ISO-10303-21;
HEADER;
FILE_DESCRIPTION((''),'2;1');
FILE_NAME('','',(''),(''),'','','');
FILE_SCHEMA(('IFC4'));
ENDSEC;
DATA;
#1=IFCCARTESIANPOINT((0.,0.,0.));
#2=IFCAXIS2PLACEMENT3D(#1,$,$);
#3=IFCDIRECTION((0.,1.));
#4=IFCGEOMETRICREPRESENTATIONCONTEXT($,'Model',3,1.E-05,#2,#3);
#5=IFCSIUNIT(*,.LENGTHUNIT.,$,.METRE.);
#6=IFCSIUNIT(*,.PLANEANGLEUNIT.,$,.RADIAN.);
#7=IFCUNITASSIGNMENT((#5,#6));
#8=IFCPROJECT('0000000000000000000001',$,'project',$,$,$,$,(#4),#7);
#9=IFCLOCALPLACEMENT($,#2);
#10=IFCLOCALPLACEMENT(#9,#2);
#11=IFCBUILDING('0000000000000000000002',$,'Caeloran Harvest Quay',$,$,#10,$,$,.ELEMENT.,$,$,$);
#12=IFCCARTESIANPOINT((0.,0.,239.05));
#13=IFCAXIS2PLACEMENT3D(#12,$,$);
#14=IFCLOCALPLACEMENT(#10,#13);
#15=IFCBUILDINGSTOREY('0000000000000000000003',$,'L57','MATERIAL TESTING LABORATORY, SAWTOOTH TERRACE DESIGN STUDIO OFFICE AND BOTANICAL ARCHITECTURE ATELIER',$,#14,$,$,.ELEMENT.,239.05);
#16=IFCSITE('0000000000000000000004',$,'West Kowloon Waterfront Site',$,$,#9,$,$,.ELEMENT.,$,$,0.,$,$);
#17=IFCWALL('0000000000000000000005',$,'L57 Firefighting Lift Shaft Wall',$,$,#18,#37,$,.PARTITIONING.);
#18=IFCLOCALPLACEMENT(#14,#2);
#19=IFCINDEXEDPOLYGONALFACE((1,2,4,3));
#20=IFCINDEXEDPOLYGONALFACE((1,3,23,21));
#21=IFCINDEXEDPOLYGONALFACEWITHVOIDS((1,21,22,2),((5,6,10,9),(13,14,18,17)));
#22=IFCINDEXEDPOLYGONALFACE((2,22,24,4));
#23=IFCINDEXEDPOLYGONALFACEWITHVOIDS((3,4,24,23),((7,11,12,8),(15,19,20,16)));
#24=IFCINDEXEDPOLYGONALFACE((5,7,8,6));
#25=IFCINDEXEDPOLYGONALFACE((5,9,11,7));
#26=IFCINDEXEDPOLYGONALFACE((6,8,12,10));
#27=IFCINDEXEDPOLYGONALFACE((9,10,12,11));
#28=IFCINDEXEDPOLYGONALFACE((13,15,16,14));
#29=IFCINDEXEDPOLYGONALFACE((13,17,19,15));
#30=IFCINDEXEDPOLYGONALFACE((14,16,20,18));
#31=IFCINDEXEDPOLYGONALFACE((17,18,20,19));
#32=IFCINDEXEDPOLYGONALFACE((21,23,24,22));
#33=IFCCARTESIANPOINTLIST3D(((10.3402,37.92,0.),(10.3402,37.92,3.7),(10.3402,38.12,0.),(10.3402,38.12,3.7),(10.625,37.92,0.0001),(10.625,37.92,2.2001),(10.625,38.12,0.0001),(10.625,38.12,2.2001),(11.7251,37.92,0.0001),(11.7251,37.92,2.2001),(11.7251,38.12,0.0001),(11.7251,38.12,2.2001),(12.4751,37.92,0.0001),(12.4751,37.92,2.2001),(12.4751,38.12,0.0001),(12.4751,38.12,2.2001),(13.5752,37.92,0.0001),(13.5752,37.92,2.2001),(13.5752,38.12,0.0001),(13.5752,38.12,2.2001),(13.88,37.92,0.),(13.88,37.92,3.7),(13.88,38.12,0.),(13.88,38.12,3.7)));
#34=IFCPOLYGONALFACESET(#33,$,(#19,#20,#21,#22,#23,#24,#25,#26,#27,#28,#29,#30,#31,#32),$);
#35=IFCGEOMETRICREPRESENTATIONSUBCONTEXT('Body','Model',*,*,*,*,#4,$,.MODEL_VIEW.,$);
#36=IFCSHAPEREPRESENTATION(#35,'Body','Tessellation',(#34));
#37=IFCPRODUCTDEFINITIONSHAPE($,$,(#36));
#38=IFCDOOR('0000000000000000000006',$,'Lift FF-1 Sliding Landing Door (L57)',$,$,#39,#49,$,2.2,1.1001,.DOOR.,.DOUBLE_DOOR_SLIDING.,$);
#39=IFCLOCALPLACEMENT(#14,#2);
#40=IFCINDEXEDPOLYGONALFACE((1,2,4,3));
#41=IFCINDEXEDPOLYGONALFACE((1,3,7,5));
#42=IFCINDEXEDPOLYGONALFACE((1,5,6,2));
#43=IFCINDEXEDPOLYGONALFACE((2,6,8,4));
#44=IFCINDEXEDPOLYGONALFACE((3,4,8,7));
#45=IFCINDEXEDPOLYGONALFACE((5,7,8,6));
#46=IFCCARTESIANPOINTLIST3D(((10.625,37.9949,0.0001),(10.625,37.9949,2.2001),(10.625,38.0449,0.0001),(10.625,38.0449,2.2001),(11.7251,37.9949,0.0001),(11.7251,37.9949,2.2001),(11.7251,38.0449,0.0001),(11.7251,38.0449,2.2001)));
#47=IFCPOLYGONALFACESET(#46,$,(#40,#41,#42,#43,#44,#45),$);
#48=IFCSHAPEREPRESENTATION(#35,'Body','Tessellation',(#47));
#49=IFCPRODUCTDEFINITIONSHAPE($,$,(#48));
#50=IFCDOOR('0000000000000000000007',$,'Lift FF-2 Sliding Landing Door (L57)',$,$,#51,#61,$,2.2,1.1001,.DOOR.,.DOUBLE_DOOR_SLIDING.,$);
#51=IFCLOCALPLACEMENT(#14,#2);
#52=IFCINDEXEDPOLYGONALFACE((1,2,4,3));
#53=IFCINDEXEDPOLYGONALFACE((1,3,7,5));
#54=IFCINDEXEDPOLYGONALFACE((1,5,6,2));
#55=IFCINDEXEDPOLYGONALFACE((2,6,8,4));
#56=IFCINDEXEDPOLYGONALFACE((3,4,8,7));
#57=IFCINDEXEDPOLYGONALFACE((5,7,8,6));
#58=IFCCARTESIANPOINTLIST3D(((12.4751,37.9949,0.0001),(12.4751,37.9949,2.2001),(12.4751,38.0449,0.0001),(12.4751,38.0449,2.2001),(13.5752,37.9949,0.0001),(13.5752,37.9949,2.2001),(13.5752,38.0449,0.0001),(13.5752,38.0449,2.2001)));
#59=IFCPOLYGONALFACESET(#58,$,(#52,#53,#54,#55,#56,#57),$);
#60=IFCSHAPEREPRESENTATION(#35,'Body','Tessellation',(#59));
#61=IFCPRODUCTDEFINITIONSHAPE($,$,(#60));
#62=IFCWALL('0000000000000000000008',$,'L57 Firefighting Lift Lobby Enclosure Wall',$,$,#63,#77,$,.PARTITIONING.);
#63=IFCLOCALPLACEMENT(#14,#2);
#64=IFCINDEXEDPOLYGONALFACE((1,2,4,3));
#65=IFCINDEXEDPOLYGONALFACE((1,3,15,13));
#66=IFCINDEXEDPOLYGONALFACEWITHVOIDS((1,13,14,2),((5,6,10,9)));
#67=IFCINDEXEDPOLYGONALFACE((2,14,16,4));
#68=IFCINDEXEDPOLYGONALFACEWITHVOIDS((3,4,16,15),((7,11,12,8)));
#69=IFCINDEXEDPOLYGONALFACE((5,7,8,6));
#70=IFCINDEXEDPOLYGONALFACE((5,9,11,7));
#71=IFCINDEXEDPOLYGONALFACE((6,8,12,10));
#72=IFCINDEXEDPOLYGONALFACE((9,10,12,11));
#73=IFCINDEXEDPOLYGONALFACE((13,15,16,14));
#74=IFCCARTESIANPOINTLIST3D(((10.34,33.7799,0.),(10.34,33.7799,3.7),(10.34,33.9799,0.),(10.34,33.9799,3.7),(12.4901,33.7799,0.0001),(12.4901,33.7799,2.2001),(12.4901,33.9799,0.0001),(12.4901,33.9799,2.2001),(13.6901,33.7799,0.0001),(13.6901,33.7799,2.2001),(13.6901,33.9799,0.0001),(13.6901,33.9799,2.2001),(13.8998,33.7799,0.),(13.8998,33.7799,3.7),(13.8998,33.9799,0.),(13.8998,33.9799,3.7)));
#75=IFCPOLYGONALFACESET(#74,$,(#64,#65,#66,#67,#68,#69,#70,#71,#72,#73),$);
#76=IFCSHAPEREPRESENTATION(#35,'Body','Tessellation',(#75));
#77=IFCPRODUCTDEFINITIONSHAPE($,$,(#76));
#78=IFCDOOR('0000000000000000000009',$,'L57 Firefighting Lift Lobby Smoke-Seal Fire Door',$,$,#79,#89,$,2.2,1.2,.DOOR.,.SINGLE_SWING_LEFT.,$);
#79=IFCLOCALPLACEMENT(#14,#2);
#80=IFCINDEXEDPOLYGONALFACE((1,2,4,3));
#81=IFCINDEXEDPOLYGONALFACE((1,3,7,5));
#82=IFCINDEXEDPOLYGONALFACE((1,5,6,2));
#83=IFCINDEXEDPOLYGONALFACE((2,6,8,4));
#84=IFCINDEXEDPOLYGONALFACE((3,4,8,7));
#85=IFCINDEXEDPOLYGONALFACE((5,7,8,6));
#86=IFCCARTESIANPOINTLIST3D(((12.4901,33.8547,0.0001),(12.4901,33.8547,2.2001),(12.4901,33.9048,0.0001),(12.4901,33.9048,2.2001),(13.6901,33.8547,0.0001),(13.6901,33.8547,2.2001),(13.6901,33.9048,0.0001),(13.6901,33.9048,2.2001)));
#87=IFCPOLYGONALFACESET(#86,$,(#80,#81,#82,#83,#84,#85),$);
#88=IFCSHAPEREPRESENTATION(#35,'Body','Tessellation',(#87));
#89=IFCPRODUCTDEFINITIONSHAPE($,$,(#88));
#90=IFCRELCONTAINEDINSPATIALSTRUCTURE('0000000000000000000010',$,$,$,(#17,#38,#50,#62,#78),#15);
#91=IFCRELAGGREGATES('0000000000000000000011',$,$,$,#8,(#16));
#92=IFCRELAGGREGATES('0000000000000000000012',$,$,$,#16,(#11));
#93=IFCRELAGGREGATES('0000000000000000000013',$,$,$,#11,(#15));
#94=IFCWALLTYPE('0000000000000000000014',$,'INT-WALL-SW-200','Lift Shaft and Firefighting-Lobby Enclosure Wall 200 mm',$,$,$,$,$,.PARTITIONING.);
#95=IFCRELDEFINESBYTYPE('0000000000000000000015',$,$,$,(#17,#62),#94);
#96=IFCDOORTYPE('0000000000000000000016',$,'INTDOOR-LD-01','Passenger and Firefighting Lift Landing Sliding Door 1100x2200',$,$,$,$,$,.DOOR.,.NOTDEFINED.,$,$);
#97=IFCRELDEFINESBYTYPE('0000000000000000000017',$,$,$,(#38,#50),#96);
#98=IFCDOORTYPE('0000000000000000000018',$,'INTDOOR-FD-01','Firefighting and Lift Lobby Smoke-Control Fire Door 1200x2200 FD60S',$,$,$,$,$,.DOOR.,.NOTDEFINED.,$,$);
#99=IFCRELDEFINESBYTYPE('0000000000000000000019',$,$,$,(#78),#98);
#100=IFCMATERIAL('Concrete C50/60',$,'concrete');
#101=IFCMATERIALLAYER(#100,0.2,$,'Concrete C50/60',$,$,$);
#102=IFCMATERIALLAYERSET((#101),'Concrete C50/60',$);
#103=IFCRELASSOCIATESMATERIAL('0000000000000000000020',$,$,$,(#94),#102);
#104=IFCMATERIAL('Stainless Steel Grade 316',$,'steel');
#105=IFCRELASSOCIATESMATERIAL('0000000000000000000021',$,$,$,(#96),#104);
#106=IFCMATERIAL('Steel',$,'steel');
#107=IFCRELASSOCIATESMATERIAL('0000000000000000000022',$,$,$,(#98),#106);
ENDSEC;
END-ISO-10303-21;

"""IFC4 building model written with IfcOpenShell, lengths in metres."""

from ifc_helpers import new_model, si_unit, direction, frame, frame_2d, origin, place, context, subcontext, project, spatial, rectangle, extrude, material, layer, layer_set, type_object, element, fill, save


model = new_model("IFC4")

# Units and contexts
model_context = context("Model", 3, precision=1e-05, world=origin(), true_north=direction((0.0, 1.0)))
body_context = subcontext(model_context, "Body", "Model", "MODEL_VIEW")
ifc_project = project(units=[si_unit("LENGTHUNIT", "METRE"), si_unit("PLANEANGLEUNIT", "RADIAN")], contexts=[model_context])

# Site, building, storey
site_placement = place(None, origin())
site = spatial("IfcSite", under=ifc_project, at=site_placement, Name="West Kowloon Waterfront Site", CompositionType="ELEMENT", RefElevation=0.0)
building_placement = place(site_placement, origin())
building = spatial("IfcBuilding", under=site, at=building_placement, Name="Caeloran Harvest Quay", CompositionType="ELEMENT")
storey_placement = place(building_placement, frame((0.0, 0.0, 239.05)))
storey = spatial("IfcBuildingStorey", under=building, at=storey_placement, Name="L57", Description="MATERIAL TESTING LABORATORY, SAWTOOTH TERRACE DESIGN STUDIO OFFICE AND BOTANICAL ARCHITECTURE ATELIER", CompositionType="ELEMENT", Elevation=239.05)

# Shared definitions
ifc_material_1 = material(Name="Concrete C50/60", Category="concrete")
ifc_layer_1 = layer(ifc_material_1, 0.2, Name="Concrete C50/60")
ifc_layer_set_1 = layer_set([ifc_layer_1], Name="Concrete C50/60")
wall_type_1 = type_object("IfcWallType", Name="INT-WALL-SW-200", Description="Lift Shaft and Firefighting-Lobby Enclosure Wall 200 mm", PredefinedType="PARTITIONING", material=ifc_layer_set_1)
ifc_material_2 = material(Name="Stainless Steel Grade 316", Category="steel")
door_type_1 = type_object("IfcDoorType", Name="INTDOOR-LD-01", Description="Passenger and Firefighting Lift Landing Sliding Door 1100x2200", OperationType="NOTDEFINED", PredefinedType="DOOR", material=ifc_material_2)

# Wall, openings, doors
wall_1_placement = place(storey_placement, frame((10.3401, 38.02, 0.0), z_axis=(0.0, 0.0, 1.0), x_axis=(1.0, 0.0, 0.0)))
wall_1 = element("IfcWall", 1, at=wall_1_placement, inside=storey, type_object=wall_type_1, Name="L57 Firefighting Lift Shaft Wall", PredefinedType="PARTITIONING", context=body_context, shape_type="SweptSolid", body=[
    extrude(rectangle(XDim=3.5398, YDim=0.2, at=frame_2d((1.77, 0.0))), origin(), (0.0, 0.0, 1.0), 3.7),
])
opening_1_placement = place(wall_1_placement, frame((0.2849, 0.0, 0.0)))
opening_1 = element("IfcOpeningElement", 2, at=opening_1_placement, cuts=wall_1, PredefinedType="OPENING", context=body_context, shape_type="SweptSolid", body=[
    extrude(rectangle(XDim=1.1001, YDim=2.2, at=frame_2d((0.55, 1.1001))), frame((0.0, 0.1099, 0.0), z_axis=(0.0, -1.0, 0.0), x_axis=(1.0, 0.0, 0.0)), (0.0, 0.0, 1.0), 0.22),
])
opening_2_placement = place(wall_1_placement, frame((2.135, 0.0, 0.0)))
opening_2 = element("IfcOpeningElement", 3, at=opening_2_placement, cuts=wall_1, PredefinedType="OPENING", context=body_context, shape_type="SweptSolid", body=[
    extrude(rectangle(XDim=1.1001, YDim=2.2, at=frame_2d((0.55, 1.1001))), frame((0.0, 0.1099, 0.0), z_axis=(0.0, -1.0, 0.0), x_axis=(1.0, 0.0, 0.0)), (0.0, 0.0, 1.0), 0.22),
])
door_1_placement = place(opening_1_placement, origin())
door_1 = element("IfcDoor", 4, at=door_1_placement, inside=storey, type_object=door_type_1, Name="Lift FF-1 Sliding Landing Door (L57)", OperationType="DOUBLE_DOOR_SLIDING", OverallHeight=2.2, OverallWidth=1.1001, PredefinedType="DOOR", context=body_context, shape_type="SweptSolid", body=[
    extrude(rectangle(XDim=1.1001, YDim=2.2, at=frame_2d((0.55, 1.1001))), frame((0.0, 0.0249, 0.0), z_axis=(0.0, -1.0, 0.0), x_axis=(1.0, 0.0, 0.0)), (0.0, 0.0, 1.0), 0.05),
])
fill(opening_1, door_1)
door_2_placement = place(opening_2_placement, origin())
door_2 = element("IfcDoor", 5, at=door_2_placement, inside=storey, type_object=door_type_1, Name="Lift FF-2 Sliding Landing Door (L57)", OperationType="DOUBLE_DOOR_SLIDING", OverallHeight=2.2, OverallWidth=1.1001, PredefinedType="DOOR", context=body_context, shape_type="SweptSolid", body=[
    extrude(rectangle(XDim=1.1001, YDim=2.2, at=frame_2d((0.55, 1.1001))), frame((0.0, 0.0249, 0.0), z_axis=(0.0, -1.0, 0.0), x_axis=(1.0, 0.0, 0.0)), (0.0, 0.0, 1.0), 0.05),
])
fill(opening_2, door_2)

# Wall, opening, door
wall_2_placement = place(storey_placement, frame((10.3401, 33.8799, 0.0), z_axis=(0.0, 0.0, 1.0), x_axis=(1.0, 0.0, 0.0)))
wall_2 = element("IfcWall", 6, at=wall_2_placement, inside=storey, type_object=wall_type_1, Name="L57 Firefighting Lift Lobby Enclosure Wall", PredefinedType="PARTITIONING", context=body_context, shape_type="SweptSolid", body=[
    extrude(rectangle(XDim=3.5598, YDim=0.2, at=frame_2d((1.7798, 0.0))), origin(), (0.0, 0.0, 1.0), 3.7),
])
opening_3_placement = place(wall_2_placement, frame((2.1499, 0.0, 0.0)))
opening_3 = element("IfcOpeningElement", 7, at=opening_3_placement, cuts=wall_2, PredefinedType="OPENING", context=body_context, shape_type="SweptSolid", body=[
    extrude(rectangle(XDim=1.2, YDim=2.2, at=frame_2d((0.6001, 1.1001))), frame((0.0, 0.1099, 0.0), z_axis=(0.0, -1.0, 0.0), x_axis=(1.0, 0.0, 0.0)), (0.0, 0.0, 1.0), 0.22),
])
ifc_material_3 = material(Name="Steel", Category="steel")
door_type_2 = type_object("IfcDoorType", Name="INTDOOR-FD-01", Description="Firefighting and Lift Lobby Smoke-Control Fire Door 1200x2200 FD60S", OperationType="NOTDEFINED", PredefinedType="DOOR", material=ifc_material_3)
door_3_placement = place(opening_3_placement, origin())
door_3 = element("IfcDoor", 8, at=door_3_placement, inside=storey, type_object=door_type_2, Name="L57 Firefighting Lift Lobby Smoke-Seal Fire Door", OperationType="SINGLE_SWING_LEFT", OverallHeight=2.2, OverallWidth=1.2, PredefinedType="DOOR", context=body_context, shape_type="SweptSolid", body=[
    extrude(rectangle(XDim=1.2, YDim=2.2, at=frame_2d((0.6001, 1.1001))), frame((0.0, 0.0249, 0.0), z_axis=(0.0, -1.0, 0.0), x_axis=(1.0, 0.0, 0.0)), (0.0, 0.0, 1.0), 0.05),
])
fill(opening_3, door_3)

save(model, "model.ifc")
